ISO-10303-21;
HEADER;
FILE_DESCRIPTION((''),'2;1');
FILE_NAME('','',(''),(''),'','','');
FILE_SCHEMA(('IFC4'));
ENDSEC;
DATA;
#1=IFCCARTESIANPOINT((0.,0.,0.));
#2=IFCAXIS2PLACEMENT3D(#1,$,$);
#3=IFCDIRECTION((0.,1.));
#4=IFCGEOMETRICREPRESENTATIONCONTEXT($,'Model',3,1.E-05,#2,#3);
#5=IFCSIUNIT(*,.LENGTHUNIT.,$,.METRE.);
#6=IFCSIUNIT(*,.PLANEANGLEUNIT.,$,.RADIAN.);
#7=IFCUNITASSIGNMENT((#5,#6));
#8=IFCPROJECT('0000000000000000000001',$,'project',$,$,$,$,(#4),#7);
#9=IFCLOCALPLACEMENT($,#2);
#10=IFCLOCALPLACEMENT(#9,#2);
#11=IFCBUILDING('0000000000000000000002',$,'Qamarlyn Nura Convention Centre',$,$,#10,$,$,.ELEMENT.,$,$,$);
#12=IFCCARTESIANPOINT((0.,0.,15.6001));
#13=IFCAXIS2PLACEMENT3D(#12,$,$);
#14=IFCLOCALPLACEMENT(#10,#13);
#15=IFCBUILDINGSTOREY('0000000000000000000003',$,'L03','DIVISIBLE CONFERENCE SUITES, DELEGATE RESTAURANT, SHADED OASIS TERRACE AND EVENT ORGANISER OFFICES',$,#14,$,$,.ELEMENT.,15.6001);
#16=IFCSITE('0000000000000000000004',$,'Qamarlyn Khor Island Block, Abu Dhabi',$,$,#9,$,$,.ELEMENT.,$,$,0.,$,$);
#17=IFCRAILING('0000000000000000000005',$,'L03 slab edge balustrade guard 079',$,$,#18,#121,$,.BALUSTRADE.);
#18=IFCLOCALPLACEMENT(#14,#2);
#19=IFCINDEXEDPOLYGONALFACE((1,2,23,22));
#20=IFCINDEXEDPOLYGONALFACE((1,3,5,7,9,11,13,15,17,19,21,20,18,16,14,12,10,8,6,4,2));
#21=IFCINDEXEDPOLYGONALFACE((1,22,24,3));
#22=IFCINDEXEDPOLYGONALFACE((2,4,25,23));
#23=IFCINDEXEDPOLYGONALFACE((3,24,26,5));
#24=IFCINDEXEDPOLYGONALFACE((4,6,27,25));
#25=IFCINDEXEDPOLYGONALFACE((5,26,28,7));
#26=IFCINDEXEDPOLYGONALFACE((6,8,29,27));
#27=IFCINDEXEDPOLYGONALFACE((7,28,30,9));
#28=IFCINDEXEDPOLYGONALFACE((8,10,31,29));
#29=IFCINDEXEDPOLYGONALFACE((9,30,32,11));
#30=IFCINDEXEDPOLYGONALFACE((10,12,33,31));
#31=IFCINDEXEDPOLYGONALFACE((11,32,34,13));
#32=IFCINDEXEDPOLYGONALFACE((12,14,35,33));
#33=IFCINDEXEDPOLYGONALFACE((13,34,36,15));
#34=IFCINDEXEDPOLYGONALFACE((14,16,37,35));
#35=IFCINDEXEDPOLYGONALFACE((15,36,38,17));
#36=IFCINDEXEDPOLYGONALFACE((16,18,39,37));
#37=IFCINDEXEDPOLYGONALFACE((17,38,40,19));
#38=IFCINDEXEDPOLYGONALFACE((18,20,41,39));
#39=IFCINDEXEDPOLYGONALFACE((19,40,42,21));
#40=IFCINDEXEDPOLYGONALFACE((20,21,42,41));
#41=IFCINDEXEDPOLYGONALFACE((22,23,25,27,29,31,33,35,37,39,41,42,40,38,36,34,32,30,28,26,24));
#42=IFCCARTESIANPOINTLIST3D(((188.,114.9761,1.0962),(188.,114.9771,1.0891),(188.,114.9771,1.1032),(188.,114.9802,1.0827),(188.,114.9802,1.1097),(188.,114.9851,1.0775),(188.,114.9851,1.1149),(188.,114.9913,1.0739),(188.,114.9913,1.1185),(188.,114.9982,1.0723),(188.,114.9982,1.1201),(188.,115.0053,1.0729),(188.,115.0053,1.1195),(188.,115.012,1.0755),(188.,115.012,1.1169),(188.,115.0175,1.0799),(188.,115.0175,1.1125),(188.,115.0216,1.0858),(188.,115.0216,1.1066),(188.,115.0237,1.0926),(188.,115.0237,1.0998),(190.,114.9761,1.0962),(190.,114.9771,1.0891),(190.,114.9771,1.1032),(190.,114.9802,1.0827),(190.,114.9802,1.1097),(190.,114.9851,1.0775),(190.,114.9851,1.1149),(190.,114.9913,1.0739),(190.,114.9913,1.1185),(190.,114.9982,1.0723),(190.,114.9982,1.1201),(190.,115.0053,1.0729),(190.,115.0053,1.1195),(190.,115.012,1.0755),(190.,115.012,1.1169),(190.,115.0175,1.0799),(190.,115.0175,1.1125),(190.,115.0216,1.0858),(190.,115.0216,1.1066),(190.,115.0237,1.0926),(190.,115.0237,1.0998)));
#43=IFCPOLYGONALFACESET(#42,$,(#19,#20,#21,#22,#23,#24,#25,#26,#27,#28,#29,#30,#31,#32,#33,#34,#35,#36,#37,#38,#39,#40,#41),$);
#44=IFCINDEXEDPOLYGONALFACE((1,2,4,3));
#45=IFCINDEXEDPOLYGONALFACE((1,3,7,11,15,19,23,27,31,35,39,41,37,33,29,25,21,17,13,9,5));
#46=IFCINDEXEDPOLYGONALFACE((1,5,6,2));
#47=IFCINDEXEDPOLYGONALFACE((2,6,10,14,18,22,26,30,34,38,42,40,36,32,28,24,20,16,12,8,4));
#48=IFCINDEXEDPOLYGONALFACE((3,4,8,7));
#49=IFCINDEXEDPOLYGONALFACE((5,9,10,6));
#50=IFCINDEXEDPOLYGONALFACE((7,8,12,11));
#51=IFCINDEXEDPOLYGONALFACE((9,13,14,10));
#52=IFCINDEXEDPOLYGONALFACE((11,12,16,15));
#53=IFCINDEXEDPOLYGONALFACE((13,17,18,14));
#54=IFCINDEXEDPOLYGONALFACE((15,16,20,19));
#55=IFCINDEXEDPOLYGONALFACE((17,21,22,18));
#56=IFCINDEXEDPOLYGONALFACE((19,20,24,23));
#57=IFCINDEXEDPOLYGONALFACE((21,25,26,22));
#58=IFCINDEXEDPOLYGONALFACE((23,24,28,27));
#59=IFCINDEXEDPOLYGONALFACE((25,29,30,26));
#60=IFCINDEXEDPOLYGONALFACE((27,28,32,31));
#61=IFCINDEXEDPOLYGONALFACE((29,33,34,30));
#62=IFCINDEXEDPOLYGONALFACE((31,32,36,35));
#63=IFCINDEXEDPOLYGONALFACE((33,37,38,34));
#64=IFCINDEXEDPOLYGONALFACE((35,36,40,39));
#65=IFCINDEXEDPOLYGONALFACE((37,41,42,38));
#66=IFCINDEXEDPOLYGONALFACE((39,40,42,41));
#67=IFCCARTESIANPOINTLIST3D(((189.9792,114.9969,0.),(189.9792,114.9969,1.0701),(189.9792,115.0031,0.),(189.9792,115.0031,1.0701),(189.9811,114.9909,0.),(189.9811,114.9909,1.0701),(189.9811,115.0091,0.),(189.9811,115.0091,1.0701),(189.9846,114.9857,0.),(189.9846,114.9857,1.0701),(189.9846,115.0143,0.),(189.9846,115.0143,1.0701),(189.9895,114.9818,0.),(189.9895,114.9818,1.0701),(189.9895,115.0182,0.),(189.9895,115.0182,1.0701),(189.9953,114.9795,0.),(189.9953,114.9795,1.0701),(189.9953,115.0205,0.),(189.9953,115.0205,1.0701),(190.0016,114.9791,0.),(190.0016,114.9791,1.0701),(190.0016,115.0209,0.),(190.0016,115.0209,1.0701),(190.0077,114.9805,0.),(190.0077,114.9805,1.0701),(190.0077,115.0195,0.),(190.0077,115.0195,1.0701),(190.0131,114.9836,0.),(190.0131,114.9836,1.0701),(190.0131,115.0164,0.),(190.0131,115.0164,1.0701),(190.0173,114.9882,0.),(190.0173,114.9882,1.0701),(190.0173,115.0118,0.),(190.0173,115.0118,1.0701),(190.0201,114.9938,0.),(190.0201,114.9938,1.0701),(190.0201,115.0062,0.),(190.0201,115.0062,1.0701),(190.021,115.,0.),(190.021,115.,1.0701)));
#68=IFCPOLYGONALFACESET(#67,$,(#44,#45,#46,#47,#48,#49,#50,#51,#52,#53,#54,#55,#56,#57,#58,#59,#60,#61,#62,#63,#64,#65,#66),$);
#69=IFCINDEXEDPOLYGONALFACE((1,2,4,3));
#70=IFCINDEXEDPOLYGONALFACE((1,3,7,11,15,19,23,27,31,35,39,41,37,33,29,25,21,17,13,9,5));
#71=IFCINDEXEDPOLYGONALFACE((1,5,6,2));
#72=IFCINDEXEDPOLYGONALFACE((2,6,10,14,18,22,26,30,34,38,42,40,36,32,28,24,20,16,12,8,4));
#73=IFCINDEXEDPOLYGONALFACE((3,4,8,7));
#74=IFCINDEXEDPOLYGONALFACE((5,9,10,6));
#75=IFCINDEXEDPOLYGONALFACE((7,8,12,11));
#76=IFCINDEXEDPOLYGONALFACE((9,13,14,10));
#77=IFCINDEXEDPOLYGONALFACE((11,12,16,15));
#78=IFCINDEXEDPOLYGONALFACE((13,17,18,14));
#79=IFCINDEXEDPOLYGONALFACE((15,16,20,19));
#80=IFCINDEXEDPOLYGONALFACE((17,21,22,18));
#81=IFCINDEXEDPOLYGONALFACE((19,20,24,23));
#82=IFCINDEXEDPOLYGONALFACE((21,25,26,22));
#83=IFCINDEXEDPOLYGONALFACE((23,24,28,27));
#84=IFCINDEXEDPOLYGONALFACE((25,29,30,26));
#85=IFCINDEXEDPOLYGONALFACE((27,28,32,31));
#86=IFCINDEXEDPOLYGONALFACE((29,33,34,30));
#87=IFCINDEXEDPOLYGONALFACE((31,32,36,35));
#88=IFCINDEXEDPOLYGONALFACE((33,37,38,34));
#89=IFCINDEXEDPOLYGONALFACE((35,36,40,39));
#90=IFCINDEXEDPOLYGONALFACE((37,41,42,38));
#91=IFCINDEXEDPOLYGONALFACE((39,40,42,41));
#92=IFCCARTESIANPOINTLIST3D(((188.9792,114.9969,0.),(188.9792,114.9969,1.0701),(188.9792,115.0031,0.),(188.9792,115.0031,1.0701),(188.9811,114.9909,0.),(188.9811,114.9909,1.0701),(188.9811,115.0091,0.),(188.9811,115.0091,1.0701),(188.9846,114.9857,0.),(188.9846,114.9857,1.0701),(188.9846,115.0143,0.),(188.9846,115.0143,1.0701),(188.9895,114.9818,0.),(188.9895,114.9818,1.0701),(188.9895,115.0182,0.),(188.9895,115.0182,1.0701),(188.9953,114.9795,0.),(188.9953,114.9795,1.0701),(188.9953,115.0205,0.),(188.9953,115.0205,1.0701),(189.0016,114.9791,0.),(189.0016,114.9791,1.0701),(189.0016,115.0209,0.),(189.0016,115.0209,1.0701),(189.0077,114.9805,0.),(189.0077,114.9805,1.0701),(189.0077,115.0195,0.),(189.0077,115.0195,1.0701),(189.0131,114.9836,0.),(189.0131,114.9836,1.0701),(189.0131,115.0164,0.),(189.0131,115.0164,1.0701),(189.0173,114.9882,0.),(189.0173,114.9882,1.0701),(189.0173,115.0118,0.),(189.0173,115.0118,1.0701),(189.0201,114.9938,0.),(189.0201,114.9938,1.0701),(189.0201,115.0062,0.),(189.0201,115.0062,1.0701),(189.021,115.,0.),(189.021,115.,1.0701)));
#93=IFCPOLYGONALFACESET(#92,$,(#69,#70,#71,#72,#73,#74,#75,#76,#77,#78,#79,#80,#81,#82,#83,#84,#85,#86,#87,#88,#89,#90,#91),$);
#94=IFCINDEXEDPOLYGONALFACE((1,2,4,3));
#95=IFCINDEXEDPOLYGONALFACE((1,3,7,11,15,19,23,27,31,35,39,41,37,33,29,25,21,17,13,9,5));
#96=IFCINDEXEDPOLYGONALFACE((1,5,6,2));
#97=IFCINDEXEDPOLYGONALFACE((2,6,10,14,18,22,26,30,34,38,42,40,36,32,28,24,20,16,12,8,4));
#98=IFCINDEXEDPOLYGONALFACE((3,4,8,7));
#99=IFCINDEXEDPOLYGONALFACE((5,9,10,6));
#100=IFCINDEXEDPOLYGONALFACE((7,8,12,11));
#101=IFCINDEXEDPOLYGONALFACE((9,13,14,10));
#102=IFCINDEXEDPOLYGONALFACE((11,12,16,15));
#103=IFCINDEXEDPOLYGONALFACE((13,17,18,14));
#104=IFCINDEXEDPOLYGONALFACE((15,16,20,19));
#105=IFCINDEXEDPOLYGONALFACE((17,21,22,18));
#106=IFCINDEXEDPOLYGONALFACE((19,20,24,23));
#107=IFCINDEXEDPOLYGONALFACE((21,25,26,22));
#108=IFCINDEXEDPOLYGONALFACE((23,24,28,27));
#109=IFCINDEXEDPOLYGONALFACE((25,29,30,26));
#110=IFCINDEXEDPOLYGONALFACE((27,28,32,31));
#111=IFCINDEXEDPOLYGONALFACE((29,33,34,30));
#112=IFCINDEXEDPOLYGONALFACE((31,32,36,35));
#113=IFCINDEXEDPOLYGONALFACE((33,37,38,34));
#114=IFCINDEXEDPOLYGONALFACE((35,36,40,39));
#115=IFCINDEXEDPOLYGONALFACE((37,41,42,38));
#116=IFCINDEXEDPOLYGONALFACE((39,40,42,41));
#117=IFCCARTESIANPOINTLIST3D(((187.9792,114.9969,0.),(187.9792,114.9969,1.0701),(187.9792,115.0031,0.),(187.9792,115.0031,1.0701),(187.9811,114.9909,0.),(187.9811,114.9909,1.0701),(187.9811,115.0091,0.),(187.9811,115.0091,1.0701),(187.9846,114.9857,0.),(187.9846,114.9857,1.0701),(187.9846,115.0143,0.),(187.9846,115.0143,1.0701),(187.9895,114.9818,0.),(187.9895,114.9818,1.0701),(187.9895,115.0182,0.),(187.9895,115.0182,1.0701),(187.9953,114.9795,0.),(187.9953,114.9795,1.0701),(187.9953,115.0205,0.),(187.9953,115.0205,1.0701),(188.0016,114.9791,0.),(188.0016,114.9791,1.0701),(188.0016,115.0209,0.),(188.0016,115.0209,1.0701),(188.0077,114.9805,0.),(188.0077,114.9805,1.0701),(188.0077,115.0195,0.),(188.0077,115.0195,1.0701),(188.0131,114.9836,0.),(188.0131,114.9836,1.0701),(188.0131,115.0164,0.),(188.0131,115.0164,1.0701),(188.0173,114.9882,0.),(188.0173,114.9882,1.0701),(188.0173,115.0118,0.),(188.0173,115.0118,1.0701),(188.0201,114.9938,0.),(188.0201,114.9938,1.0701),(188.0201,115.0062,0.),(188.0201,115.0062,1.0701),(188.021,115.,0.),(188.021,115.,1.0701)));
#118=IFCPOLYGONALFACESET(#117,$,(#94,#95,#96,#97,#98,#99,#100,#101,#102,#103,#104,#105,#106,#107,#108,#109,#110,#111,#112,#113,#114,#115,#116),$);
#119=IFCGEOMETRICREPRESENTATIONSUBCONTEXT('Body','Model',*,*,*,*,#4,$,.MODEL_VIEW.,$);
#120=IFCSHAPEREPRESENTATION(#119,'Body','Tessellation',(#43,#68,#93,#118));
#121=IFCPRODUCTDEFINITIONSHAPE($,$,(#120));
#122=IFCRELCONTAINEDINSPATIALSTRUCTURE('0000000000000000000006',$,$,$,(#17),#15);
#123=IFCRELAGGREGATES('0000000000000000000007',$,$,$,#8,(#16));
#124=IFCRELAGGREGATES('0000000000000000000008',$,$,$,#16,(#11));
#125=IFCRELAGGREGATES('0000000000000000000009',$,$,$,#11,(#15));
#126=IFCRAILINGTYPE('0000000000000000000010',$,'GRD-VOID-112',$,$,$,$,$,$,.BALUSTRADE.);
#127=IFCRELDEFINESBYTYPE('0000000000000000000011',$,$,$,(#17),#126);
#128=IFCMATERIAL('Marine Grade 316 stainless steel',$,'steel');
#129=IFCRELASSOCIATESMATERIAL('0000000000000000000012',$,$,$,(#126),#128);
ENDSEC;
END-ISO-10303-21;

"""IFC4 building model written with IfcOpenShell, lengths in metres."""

from ifc_helpers import new_model, si_unit, direction, frame, origin, origin_2d, place, context, subcontext, project, spatial, circle, extrude, material, type_object, element, save


model = new_model("IFC4")

# Units and contexts
model_context = context("Model", 3, precision=1e-05, world=origin(), true_north=direction((0.0, 1.0)))
body_context = subcontext(model_context, "Body", "Model", "MODEL_VIEW")
ifc_project = project(units=[si_unit("LENGTHUNIT", "METRE"), si_unit("PLANEANGLEUNIT", "RADIAN")], contexts=[model_context])

# Site, building, storey
site_placement = place(None, origin())
site = spatial("IfcSite", under=ifc_project, at=site_placement, Name="Qamarlyn Khor Island Block, Abu Dhabi", CompositionType="ELEMENT", RefElevation=0.0)
building_placement = place(site_placement, origin())
building = spatial("IfcBuilding", under=site, at=building_placement, Name="Qamarlyn Nura Convention Centre", CompositionType="ELEMENT")
storey_placement = place(building_placement, frame((0.0, 0.0, 15.6001)))
storey = spatial("IfcBuildingStorey", under=building, at=storey_placement, Name="L03", Description="DIVISIBLE CONFERENCE SUITES, DELEGATE RESTAURANT, SHADED OASIS TERRACE AND EVENT ORGANISER OFFICES", CompositionType="ELEMENT", Elevation=15.6001)

# Railing
ifc_material_1 = material(Name="Marine Grade 316 stainless steel", Category="steel")
railing_type = type_object("IfcRailingType", Name="GRD-VOID-112", PredefinedType="BALUSTRADE", material=ifc_material_1)
railing_1_placement = place(storey_placement, frame((190.0, 115.0, 0.0)))
element("IfcRailing", 1, at=railing_1_placement, inside=storey, type_object=railing_type, Name="L03 slab edge balustrade guard 079", PredefinedType="BALUSTRADE", context=body_context, shape_type="SweptSolid", body=[
    extrude(circle(Radius=0.0239, at=origin_2d()), frame((0.0, 0.0, 1.0962), z_axis=(-1.0, 0.0, 0.0), x_axis=(0.0, -1.0, 0.0)), (0.0, 0.0, 1.0), 2.0),
    extrude(circle(Radius=0.021, at=origin_2d()), origin(), (0.0, 0.0, 1.0), 1.0701),
    extrude(circle(Radius=0.021, at=origin_2d()), frame((-1.0, 0.0, 0.0)), (0.0, 0.0, 1.0), 1.0701),
    extrude(circle(Radius=0.021, at=origin_2d()), frame((-2.0, 0.0, 0.0)), (0.0, 0.0, 1.0), 1.0701),
])

save(model, "model.ifc")
